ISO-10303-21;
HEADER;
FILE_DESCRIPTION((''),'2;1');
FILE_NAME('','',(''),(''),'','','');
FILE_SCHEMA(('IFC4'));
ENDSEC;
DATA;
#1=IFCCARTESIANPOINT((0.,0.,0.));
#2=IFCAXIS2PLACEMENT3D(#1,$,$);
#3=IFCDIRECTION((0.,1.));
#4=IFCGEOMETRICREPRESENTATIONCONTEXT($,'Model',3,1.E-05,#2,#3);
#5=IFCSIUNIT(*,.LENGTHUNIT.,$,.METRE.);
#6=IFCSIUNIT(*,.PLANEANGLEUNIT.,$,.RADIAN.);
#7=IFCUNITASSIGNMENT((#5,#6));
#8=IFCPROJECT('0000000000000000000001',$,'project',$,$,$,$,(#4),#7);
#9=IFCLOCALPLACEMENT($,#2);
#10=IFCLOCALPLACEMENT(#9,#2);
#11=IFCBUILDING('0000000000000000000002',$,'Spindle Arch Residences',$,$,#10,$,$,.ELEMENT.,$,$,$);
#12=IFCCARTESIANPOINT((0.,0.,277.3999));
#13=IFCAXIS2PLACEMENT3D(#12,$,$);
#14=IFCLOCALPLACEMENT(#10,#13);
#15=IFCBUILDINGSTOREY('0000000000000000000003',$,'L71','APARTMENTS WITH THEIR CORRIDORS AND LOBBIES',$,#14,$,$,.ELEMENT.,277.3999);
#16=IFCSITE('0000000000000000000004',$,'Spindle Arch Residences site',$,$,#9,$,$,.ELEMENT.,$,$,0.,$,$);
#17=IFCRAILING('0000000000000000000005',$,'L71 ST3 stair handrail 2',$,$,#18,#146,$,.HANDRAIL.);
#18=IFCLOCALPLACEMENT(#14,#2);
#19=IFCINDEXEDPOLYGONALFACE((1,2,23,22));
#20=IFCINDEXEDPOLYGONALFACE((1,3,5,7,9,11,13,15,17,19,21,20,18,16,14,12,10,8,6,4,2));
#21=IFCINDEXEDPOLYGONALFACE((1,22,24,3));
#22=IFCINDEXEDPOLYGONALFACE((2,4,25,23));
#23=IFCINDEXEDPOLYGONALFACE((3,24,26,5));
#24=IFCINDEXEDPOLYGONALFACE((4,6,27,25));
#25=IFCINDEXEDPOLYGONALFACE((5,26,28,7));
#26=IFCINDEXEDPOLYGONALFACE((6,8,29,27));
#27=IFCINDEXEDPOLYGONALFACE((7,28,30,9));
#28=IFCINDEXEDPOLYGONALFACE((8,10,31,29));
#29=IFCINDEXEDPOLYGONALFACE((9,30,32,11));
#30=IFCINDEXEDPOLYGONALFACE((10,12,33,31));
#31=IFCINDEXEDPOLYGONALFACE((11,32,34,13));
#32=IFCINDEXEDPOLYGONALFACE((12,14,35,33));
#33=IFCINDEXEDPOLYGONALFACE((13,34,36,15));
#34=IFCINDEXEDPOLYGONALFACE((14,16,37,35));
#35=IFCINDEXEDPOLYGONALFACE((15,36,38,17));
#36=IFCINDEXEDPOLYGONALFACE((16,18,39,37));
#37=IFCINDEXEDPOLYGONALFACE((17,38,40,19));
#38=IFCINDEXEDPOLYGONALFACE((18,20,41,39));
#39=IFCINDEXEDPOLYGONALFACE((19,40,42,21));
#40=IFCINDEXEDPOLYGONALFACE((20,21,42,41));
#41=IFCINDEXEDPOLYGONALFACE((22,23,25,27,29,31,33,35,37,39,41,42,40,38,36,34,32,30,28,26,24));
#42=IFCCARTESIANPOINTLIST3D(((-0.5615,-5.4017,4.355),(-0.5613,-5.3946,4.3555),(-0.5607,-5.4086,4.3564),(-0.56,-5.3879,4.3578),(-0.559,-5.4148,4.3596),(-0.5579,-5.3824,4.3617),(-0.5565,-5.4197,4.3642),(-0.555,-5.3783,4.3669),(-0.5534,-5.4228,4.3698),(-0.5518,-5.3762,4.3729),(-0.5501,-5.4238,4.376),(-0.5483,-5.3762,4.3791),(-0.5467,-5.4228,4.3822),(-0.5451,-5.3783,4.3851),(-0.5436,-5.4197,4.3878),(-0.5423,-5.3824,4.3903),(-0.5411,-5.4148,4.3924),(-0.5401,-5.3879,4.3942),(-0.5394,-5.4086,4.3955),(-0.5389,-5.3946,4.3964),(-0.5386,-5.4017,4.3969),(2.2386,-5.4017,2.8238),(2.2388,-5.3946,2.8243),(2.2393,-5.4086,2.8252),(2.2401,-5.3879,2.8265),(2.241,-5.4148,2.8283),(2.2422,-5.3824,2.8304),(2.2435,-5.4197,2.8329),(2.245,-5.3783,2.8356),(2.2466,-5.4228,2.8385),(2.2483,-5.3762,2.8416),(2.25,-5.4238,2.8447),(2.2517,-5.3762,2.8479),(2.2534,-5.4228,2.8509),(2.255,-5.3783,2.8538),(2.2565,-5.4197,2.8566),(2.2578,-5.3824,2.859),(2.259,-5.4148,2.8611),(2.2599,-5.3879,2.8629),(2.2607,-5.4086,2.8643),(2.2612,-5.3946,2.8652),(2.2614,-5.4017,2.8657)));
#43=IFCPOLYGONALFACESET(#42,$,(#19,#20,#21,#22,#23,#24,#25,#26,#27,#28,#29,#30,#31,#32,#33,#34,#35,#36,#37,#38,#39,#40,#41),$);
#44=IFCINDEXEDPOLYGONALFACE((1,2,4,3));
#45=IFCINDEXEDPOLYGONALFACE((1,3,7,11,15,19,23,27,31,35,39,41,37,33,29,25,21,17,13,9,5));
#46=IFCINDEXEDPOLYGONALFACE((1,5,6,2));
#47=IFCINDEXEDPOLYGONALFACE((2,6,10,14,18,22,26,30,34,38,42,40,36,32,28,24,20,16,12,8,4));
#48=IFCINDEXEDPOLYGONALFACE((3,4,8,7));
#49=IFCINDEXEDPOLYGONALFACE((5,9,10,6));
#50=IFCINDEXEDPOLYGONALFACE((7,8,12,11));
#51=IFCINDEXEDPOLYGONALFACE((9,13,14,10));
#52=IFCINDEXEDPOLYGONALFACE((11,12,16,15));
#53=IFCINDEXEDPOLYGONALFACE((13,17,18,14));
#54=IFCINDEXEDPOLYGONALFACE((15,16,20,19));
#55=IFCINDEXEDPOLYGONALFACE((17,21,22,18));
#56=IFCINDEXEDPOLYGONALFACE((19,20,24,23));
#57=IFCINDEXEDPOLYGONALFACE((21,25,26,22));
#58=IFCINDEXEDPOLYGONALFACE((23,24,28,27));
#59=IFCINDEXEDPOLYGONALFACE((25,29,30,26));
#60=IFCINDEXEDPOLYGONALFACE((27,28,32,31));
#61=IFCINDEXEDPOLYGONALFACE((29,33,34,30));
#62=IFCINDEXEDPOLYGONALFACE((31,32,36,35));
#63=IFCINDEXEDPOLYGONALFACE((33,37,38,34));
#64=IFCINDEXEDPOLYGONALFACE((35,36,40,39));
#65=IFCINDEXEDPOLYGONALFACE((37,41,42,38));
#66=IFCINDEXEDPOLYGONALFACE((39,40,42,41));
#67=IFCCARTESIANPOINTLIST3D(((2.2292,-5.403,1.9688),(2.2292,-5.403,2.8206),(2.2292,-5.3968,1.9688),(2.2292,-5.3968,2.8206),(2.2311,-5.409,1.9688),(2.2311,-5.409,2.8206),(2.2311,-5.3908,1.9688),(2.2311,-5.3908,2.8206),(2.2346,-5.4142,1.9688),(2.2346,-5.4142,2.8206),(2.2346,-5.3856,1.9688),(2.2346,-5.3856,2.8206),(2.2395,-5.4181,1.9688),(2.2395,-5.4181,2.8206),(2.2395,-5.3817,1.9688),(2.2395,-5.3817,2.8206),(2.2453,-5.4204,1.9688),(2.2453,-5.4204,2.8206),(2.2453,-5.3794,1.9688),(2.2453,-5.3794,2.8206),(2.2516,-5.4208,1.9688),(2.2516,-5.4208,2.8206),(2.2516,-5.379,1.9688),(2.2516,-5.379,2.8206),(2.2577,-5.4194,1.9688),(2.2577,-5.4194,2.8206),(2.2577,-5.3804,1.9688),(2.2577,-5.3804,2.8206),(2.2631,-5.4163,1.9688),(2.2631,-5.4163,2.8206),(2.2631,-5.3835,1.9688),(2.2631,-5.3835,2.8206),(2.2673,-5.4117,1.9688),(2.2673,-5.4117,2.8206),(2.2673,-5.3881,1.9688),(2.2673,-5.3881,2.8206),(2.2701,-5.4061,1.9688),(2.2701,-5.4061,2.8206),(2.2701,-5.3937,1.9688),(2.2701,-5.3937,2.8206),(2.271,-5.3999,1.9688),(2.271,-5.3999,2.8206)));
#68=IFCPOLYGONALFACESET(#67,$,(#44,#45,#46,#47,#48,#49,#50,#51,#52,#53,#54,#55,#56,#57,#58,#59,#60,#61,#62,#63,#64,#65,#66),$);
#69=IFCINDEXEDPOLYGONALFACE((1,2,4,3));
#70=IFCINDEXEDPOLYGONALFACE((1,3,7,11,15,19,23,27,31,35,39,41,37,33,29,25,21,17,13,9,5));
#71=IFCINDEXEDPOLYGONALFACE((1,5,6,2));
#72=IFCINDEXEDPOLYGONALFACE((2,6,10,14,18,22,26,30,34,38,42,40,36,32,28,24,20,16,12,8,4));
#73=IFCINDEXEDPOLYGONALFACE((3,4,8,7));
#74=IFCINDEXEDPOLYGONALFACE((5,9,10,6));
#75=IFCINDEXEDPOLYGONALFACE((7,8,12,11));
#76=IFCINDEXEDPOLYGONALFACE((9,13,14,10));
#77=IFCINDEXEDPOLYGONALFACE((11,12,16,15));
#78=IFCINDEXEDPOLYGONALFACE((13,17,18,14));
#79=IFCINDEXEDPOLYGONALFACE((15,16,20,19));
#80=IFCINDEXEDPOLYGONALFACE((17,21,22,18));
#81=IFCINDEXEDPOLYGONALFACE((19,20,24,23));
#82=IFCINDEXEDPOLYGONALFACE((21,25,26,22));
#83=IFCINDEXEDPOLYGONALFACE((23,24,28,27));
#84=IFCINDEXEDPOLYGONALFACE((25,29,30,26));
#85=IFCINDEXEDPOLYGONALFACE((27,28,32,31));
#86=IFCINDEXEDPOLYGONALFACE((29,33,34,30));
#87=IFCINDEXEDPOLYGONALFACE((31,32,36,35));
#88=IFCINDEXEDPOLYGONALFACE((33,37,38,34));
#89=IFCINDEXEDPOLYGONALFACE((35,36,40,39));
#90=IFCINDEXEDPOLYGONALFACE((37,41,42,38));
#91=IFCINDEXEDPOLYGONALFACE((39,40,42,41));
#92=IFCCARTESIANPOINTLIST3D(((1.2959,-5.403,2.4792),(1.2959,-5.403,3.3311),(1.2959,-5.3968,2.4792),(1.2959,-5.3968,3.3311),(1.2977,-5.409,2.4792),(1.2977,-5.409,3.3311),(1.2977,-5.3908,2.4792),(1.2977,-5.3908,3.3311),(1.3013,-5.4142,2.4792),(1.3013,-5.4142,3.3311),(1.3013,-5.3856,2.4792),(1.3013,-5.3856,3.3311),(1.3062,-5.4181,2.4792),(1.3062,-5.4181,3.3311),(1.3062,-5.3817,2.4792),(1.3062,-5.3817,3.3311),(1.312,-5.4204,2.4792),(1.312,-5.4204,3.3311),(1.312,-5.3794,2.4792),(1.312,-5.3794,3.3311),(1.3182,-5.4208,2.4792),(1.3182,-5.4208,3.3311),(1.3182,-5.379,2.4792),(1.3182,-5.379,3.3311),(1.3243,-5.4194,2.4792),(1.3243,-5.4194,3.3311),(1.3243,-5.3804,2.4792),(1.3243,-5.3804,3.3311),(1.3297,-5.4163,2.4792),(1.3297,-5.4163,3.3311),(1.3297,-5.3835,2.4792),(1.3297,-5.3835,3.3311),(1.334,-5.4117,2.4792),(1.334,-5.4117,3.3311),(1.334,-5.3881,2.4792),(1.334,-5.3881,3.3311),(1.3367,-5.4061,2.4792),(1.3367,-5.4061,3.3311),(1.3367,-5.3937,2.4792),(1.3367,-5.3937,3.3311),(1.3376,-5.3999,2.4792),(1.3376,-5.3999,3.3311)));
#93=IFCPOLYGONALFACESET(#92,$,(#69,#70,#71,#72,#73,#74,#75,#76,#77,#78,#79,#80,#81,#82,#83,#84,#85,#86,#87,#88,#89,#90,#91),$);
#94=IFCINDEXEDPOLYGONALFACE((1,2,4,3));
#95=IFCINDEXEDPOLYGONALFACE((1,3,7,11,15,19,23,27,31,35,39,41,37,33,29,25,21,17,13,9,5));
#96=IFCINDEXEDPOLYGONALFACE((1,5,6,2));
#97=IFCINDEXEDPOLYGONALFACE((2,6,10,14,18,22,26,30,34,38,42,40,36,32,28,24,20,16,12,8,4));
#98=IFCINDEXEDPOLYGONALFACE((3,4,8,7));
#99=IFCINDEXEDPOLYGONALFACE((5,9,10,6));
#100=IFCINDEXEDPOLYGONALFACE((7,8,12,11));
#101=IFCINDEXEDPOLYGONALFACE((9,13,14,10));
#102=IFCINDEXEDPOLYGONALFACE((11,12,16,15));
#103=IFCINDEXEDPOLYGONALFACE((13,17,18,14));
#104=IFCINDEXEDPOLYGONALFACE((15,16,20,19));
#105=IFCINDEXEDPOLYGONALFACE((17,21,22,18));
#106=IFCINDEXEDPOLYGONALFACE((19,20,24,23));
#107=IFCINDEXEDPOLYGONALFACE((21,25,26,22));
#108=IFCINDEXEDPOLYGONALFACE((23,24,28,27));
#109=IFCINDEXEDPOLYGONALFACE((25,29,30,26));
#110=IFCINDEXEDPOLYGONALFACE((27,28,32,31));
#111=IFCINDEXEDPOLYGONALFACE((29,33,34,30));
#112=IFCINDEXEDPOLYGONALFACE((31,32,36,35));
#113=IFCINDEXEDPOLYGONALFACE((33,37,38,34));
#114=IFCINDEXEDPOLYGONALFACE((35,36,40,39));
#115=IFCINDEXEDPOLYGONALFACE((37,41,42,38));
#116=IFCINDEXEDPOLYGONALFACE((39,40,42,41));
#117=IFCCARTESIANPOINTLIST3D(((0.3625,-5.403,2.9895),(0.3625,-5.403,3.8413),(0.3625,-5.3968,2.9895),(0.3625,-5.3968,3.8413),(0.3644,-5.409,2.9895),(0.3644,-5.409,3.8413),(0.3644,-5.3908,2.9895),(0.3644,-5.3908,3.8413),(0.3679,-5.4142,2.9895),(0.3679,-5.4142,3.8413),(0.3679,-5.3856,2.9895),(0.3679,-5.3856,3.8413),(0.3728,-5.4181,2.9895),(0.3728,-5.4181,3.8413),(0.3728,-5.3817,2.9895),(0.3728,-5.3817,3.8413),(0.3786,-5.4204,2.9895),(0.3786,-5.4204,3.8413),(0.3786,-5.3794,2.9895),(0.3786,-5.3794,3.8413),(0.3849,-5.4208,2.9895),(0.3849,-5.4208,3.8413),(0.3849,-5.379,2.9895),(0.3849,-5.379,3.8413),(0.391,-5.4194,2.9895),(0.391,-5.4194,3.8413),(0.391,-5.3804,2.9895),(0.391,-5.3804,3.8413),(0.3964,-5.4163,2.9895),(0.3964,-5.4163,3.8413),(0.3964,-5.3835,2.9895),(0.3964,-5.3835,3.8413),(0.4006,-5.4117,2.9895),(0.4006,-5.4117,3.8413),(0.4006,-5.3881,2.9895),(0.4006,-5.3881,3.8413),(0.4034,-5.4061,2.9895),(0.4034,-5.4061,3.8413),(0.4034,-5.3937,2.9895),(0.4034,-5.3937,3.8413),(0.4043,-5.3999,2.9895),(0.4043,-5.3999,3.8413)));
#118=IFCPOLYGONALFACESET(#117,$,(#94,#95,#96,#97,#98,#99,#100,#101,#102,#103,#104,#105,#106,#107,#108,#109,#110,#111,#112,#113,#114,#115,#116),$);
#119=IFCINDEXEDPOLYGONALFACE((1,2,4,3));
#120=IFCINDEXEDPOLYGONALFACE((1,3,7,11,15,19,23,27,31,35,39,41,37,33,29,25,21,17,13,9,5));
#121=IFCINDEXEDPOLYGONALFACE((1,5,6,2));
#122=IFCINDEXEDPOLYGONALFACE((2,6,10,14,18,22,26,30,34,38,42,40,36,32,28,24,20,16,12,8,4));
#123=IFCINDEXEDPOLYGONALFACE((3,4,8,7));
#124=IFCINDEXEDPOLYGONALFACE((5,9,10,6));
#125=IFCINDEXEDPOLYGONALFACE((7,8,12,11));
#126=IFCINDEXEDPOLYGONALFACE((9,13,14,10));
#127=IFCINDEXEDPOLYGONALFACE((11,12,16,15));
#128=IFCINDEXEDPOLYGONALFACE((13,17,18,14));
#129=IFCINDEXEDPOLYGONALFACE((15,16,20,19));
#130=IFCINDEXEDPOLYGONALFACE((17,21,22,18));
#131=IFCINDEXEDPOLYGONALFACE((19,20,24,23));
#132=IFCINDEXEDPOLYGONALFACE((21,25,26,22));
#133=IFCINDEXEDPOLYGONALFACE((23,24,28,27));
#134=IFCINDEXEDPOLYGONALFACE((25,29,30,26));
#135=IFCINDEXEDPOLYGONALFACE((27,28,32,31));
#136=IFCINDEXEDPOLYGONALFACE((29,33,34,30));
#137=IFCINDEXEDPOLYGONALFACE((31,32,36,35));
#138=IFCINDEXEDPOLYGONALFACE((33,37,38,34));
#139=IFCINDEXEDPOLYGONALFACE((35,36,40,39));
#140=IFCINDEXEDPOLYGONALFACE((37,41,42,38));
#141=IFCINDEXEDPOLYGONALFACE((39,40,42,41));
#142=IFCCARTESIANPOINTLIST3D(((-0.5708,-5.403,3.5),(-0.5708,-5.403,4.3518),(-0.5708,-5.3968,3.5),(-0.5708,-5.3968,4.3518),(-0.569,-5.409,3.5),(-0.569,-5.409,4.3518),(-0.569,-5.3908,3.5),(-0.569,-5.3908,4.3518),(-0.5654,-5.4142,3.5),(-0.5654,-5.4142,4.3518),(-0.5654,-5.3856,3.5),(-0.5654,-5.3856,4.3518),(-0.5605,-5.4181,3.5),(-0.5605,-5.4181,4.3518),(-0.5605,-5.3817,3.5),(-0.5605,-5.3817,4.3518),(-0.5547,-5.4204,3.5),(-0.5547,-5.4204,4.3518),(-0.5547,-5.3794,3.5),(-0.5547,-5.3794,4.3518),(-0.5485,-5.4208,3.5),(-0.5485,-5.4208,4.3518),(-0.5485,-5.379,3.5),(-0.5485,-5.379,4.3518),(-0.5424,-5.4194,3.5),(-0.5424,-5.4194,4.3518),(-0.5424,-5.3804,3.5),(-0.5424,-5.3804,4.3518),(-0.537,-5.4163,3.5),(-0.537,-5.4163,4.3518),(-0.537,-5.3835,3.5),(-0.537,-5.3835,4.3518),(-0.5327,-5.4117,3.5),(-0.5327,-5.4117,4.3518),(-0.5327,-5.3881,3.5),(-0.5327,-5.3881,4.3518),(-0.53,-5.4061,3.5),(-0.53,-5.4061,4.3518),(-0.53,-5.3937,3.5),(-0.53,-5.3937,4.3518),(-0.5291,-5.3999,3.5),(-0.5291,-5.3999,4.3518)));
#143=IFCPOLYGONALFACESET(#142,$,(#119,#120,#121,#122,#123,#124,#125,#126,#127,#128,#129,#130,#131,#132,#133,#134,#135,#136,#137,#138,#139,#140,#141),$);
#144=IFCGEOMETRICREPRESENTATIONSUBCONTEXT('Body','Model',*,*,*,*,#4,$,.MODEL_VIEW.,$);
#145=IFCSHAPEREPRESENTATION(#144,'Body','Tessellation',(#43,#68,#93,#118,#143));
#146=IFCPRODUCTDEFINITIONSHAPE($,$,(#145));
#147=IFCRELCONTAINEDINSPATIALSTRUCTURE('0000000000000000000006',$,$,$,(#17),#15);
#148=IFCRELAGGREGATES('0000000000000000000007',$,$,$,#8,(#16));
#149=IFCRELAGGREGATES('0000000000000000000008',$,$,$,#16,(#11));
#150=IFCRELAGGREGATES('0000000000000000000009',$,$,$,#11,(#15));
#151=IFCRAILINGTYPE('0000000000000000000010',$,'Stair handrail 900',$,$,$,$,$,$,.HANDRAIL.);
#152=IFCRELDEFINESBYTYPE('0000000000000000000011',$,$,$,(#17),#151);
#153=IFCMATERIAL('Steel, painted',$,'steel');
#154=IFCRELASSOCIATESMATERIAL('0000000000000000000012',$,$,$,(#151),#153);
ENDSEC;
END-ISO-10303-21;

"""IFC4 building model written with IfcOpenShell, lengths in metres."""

from ifc_helpers import new_model, si_unit, direction, frame, origin, origin_2d, place, context, subcontext, project, spatial, circle, extrude, material, type_object, element, save


model = new_model("IFC4")

# Units and contexts
model_context = context("Model", 3, precision=1e-05, world=origin(), true_north=direction((0.0, 1.0)))
body_context = subcontext(model_context, "Body", "Model", "MODEL_VIEW")
ifc_project = project(units=[si_unit("LENGTHUNIT", "METRE"), si_unit("PLANEANGLEUNIT", "RADIAN")], contexts=[model_context])

# Site, building, storey
site_placement = place(None, origin())
site = spatial("IfcSite", under=ifc_project, at=site_placement, Name="Spindle Arch Residences site", CompositionType="ELEMENT", RefElevation=0.0)
building_placement = place(site_placement, origin())
building = spatial("IfcBuilding", under=site, at=building_placement, Name="Spindle Arch Residences", CompositionType="ELEMENT")
storey_placement = place(building_placement, frame((0.0, 0.0, 277.3999)))
storey = spatial("IfcBuildingStorey", under=building, at=storey_placement, Name="L71", Description="APARTMENTS WITH THEIR CORRIDORS AND LOBBIES", CompositionType="ELEMENT", Elevation=277.3999)

# Railing
ifc_material_1 = material(Name="Steel, painted", Category="steel")
railing_type_1 = type_object("IfcRailingType", Name="Stair handrail 900", PredefinedType="HANDRAIL", material=ifc_material_1)
railing_1_placement = place(storey_placement, frame((2.25, -5.3999, 1.9688)))
element("IfcRailing", 1, at=railing_1_placement, inside=storey, type_object=railing_type_1, Name="L71 ST3 stair handrail 2", PredefinedType="HANDRAIL", context=body_context, shape_type="SweptSolid", body=[
    extrude(circle(Radius=0.0239, at=origin_2d()), frame((0.0, 0.0, 0.876), z_axis=(-0.877375, 0.0, 0.479806), x_axis=(0.0, -1.0, 0.0)), (0.0, 0.0, 1.0), 3.1914),
    extrude(circle(Radius=0.021, at=origin_2d()), origin(), (0.0, 0.0, 1.0), 0.8518),
    extrude(circle(Radius=0.021, at=origin_2d()), frame((-0.9333, 0.0, 0.5105)), (0.0, 0.0, 1.0), 0.8518),
    extrude(circle(Radius=0.021, at=origin_2d()), frame((-1.8667, 0.0, 1.0208)), (0.0, 0.0, 1.0), 0.8518),
    extrude(circle(Radius=0.021, at=origin_2d()), frame((-2.8, 0.0, 1.5312)), (0.0, 0.0, 1.0), 0.8518),
])

save(model, "model.ifc")
